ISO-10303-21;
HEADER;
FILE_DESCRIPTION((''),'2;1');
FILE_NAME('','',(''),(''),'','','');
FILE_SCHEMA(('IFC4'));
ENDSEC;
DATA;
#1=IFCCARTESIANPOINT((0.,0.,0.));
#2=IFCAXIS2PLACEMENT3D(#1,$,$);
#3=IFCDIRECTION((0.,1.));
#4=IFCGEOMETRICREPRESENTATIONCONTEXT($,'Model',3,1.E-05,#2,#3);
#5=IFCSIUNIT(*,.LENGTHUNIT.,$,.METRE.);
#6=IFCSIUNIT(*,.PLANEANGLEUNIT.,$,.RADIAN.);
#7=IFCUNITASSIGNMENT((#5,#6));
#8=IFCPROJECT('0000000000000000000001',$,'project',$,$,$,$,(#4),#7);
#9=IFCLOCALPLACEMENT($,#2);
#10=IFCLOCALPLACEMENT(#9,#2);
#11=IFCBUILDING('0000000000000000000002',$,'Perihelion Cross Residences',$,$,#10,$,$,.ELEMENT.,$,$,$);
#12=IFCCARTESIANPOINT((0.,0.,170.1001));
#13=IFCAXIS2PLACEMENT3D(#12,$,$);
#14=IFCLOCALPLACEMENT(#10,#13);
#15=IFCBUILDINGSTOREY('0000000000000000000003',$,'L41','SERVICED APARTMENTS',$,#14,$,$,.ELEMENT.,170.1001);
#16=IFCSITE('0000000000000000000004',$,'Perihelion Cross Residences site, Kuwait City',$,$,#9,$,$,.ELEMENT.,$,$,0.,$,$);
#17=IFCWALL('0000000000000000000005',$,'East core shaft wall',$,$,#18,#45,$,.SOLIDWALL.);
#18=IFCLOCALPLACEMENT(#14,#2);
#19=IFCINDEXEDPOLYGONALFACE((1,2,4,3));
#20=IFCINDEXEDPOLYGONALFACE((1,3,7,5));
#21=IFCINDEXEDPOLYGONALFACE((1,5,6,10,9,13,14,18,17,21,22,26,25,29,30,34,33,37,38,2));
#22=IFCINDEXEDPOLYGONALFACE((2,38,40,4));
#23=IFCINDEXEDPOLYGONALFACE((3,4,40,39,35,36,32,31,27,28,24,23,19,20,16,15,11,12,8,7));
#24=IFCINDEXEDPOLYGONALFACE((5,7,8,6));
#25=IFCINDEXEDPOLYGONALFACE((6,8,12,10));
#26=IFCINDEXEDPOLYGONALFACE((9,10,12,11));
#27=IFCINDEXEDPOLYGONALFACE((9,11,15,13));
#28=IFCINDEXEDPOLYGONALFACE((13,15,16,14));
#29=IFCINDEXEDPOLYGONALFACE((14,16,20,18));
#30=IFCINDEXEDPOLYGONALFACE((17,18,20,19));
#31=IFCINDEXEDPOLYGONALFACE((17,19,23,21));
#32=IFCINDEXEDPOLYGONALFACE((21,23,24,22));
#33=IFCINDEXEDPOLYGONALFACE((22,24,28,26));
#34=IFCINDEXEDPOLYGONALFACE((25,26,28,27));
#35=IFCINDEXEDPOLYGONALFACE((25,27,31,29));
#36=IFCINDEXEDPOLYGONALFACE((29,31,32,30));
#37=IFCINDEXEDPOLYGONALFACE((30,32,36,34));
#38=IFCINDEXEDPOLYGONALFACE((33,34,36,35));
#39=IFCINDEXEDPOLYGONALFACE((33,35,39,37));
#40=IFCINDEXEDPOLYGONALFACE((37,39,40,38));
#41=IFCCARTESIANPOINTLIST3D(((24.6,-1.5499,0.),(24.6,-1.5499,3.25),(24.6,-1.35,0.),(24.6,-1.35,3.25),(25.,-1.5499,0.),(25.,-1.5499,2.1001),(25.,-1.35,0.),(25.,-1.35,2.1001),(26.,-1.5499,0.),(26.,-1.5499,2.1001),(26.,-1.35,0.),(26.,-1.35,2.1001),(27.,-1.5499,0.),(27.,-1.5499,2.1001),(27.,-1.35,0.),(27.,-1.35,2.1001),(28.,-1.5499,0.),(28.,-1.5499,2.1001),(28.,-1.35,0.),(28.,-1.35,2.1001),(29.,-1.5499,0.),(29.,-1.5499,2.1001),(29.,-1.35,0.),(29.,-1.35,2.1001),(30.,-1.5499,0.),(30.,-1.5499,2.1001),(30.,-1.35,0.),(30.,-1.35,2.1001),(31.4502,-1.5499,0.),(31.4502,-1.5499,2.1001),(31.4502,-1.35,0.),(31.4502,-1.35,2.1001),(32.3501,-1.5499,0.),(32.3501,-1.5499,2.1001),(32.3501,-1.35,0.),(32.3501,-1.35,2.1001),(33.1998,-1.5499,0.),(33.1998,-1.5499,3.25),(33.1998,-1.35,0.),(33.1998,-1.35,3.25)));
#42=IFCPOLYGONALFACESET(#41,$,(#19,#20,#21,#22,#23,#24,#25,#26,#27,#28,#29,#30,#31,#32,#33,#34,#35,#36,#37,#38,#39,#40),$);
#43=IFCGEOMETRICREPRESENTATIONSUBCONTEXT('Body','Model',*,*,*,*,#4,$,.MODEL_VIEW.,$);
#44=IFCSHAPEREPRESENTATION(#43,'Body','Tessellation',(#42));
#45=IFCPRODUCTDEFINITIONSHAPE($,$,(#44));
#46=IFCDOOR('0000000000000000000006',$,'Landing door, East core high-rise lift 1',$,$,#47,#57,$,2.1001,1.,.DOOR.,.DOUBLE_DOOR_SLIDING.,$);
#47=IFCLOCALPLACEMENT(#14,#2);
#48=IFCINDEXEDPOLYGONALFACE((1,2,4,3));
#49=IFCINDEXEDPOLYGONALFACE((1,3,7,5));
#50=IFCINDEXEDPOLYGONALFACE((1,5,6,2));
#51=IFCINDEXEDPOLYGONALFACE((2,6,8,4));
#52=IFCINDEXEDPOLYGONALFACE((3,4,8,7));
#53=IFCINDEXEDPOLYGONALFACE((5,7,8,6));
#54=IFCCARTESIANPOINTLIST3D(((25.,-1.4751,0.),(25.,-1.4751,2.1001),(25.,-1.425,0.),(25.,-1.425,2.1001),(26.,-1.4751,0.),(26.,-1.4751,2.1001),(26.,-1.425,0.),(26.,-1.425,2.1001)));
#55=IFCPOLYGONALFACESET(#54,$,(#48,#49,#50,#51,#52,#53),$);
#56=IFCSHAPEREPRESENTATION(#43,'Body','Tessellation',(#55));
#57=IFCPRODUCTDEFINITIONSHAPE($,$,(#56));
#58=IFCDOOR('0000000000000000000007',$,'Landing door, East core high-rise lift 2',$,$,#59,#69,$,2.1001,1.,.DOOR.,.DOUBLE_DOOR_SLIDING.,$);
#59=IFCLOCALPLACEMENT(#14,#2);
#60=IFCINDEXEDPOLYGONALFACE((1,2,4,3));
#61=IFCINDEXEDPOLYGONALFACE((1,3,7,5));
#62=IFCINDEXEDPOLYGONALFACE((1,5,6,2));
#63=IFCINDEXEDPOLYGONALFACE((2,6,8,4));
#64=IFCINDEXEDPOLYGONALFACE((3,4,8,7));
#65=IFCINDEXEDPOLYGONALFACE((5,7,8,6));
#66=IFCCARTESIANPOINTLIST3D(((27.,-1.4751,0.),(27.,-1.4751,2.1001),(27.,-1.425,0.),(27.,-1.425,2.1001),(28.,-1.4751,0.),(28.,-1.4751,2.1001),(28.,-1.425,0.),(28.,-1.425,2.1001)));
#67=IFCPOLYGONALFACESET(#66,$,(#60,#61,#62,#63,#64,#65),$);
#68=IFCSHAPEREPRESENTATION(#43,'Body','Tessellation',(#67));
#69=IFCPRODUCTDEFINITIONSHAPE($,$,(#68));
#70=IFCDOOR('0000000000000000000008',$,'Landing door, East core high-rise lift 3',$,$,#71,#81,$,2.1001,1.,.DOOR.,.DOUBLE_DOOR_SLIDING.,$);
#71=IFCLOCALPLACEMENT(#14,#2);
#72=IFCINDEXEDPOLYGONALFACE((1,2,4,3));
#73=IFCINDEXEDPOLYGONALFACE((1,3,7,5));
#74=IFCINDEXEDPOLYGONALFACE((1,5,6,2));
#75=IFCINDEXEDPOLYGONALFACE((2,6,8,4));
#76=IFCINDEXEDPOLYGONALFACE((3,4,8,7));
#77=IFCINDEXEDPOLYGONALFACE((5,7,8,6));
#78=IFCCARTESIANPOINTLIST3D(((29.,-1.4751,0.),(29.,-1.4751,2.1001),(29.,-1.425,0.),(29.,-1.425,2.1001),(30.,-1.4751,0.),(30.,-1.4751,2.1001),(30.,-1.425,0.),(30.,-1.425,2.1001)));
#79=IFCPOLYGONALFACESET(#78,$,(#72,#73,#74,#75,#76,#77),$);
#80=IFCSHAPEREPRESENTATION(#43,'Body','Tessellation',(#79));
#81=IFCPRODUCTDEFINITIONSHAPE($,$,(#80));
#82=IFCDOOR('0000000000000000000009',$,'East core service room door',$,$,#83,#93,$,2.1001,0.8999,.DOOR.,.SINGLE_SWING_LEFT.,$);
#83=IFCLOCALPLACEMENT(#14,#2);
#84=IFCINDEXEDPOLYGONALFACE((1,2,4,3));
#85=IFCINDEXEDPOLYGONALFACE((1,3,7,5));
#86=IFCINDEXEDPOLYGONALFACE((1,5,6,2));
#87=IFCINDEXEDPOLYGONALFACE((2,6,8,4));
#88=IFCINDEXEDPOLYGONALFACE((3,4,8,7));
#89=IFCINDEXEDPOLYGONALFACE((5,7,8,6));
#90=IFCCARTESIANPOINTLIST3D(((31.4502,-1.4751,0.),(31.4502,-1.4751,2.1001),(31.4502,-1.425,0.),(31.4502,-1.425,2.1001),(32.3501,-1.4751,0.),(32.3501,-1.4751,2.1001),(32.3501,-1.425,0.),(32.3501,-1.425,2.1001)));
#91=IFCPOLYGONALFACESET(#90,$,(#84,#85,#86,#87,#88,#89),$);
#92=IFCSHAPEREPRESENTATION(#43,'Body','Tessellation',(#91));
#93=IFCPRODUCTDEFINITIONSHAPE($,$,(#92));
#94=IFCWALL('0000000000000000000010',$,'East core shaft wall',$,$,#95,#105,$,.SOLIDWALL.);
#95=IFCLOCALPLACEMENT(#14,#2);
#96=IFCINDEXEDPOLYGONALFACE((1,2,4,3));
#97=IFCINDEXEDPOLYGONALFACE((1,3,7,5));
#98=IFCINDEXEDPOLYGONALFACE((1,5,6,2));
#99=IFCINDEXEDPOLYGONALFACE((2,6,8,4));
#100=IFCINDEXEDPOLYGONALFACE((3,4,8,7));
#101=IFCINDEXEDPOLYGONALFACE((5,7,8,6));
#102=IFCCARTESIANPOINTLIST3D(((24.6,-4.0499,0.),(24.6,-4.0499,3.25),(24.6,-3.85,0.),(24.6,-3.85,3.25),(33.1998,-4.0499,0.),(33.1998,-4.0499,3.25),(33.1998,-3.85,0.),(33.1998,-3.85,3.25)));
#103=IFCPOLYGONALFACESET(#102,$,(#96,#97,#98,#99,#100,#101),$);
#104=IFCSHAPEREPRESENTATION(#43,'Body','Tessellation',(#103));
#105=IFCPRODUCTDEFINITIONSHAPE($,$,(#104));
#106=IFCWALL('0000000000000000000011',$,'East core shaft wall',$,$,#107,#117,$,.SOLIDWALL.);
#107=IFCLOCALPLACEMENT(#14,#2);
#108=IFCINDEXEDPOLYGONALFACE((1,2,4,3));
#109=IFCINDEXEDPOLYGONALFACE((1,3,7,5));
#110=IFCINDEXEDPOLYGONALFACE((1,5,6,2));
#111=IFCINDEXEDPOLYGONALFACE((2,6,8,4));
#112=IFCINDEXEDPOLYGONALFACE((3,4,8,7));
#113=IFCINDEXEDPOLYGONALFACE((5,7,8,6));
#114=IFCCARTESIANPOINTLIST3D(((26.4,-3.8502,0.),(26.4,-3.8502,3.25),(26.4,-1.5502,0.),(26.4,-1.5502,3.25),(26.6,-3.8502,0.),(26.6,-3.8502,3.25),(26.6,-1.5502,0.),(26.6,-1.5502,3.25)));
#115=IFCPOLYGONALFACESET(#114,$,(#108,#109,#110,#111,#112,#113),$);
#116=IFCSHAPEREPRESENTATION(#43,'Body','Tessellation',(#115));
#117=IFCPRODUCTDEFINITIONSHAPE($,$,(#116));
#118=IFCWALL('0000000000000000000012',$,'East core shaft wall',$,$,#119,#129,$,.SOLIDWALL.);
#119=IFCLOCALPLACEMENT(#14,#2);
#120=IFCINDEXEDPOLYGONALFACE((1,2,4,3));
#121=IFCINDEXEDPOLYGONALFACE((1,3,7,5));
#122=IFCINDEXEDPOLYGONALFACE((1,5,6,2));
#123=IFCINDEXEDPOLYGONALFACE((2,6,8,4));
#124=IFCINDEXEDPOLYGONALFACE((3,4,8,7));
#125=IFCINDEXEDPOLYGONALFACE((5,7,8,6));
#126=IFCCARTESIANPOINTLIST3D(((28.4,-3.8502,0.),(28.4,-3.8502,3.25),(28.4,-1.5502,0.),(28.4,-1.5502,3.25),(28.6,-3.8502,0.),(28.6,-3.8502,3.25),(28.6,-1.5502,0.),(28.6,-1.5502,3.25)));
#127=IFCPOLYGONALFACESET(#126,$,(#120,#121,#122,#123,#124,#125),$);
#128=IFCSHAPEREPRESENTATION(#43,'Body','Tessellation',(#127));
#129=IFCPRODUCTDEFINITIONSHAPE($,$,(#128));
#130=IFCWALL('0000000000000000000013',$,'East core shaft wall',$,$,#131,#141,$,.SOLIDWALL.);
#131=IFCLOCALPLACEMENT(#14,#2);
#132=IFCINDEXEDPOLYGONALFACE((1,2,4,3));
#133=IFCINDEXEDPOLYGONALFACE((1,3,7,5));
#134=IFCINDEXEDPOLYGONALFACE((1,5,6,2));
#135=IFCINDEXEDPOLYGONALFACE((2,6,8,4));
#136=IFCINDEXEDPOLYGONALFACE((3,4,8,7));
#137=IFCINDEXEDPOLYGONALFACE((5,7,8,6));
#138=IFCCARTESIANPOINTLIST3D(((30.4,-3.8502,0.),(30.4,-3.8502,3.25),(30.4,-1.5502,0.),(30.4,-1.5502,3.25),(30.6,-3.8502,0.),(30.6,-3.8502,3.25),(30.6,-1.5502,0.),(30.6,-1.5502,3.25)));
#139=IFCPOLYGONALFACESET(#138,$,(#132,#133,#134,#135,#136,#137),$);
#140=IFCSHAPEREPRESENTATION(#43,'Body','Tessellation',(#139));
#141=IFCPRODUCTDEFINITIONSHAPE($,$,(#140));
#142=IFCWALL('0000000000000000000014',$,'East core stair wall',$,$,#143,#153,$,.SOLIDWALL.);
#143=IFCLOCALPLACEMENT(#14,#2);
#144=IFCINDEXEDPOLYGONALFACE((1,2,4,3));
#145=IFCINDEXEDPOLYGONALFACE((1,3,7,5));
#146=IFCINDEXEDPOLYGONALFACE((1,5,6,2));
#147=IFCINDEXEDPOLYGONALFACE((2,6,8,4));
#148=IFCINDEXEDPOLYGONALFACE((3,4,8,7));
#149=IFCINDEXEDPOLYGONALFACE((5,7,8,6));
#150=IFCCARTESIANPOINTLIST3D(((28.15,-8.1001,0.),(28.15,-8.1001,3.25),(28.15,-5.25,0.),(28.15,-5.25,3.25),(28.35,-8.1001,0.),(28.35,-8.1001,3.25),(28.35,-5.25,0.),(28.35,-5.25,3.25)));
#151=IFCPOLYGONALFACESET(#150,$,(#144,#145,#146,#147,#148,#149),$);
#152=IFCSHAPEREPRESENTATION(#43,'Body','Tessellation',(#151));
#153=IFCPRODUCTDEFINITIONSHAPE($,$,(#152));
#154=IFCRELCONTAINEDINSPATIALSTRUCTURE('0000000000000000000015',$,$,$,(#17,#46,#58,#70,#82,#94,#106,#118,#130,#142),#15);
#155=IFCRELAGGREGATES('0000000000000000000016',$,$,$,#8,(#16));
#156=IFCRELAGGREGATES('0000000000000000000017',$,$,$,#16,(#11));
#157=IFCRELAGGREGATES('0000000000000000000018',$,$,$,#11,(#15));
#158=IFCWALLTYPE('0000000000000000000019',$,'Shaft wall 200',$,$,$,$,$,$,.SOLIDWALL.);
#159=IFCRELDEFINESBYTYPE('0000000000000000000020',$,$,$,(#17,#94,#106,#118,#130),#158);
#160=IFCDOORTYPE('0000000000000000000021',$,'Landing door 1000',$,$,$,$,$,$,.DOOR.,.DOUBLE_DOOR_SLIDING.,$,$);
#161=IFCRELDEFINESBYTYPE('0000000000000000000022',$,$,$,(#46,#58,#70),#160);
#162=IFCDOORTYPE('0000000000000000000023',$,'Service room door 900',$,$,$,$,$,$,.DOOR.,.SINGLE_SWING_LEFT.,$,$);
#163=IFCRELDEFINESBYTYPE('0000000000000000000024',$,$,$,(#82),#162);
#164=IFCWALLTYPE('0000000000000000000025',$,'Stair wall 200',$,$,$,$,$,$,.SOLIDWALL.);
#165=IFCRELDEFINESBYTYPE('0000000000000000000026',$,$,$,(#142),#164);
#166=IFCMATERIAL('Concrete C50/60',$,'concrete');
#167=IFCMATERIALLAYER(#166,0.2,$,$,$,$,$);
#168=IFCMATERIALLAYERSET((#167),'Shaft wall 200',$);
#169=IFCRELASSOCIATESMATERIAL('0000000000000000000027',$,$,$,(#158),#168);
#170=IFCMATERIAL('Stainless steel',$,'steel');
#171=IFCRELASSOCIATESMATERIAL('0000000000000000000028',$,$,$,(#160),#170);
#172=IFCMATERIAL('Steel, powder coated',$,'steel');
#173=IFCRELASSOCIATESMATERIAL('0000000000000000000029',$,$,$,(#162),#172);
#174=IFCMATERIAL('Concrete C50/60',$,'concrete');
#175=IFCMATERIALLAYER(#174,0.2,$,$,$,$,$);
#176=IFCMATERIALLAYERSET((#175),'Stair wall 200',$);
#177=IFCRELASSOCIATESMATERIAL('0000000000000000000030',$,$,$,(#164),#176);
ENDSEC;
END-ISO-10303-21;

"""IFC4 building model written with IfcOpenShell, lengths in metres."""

from ifc_helpers import new_model, si_unit, direction, frame, frame_2d, origin, place, context, subcontext, project, spatial, rectangle, extrude, material, layer, layer_set, type_object, element, fill, save


model = new_model("IFC4")

# Units and contexts
model_context = context("Model", 3, precision=1e-05, world=origin(), true_north=direction((0.0, 1.0)))
body_context = subcontext(model_context, "Body", "Model", "MODEL_VIEW")
ifc_project = project(units=[si_unit("LENGTHUNIT", "METRE"), si_unit("PLANEANGLEUNIT", "RADIAN")], contexts=[model_context])

# Site, building, storey
site_placement = place(None, origin())
site = spatial("IfcSite", under=ifc_project, at=site_placement, Name="Perihelion Cross Residences site, Kuwait City", CompositionType="ELEMENT", RefElevation=0.0)
building_placement = place(site_placement, origin())
building = spatial("IfcBuilding", under=site, at=building_placement, Name="Perihelion Cross Residences", CompositionType="ELEMENT")
storey_placement = place(building_placement, frame((0.0, 0.0, 170.1001)))
storey = spatial("IfcBuildingStorey", under=building, at=storey_placement, Name="L41", Description="SERVICED APARTMENTS", CompositionType="ELEMENT", Elevation=170.1001)

# Wall, openings, doors
ifc_material_1 = material(Name="Concrete C50/60", Category="concrete")
ifc_layer_1 = layer(ifc_material_1, 0.2)
ifc_layer_set_1 = layer_set([ifc_layer_1], Name="Shaft wall 200")
wall_type_1 = type_object("IfcWallType", Name="Shaft wall 200", PredefinedType="SOLIDWALL", material=ifc_layer_set_1)
wall_1_placement = place(storey_placement, frame((24.6001, -1.45, 0.0), z_axis=(0.0, 0.0, 1.0), x_axis=(1.0, 0.0, 0.0)))
wall_1 = element("IfcWall", 1, at=wall_1_placement, inside=storey, type_object=wall_type_1, Name="East core shaft wall", PredefinedType="SOLIDWALL", context=body_context, shape_type="SweptSolid", body=[
    extrude(rectangle(XDim=8.5999, YDim=0.2, at=frame_2d((4.2998, 0.0))), origin(), (0.0, 0.0, 1.0), 3.25),
])
opening_1_placement = place(wall_1_placement, frame((0.3999, 0.0, 0.0)))
opening_1 = element("IfcOpeningElement", 2, at=opening_1_placement, cuts=wall_1, PredefinedType="OPENING", context=body_context, shape_type="SweptSolid", body=[
    extrude(rectangle(XDim=1.0, YDim=2.1001, at=frame_2d((0.5, 1.05))), frame((0.0, 0.1099, 0.0), z_axis=(0.0, -1.0, 0.0), x_axis=(1.0, 0.0, 0.0)), (0.0, 0.0, 1.0), 0.22),
])
opening_2_placement = place(wall_1_placement, frame((2.3999, 0.0, 0.0)))
opening_2 = element("IfcOpeningElement", 3, at=opening_2_placement, cuts=wall_1, PredefinedType="OPENING", context=body_context, shape_type="SweptSolid", body=[
    extrude(rectangle(XDim=1.0, YDim=2.1001, at=frame_2d((0.5, 1.05))), frame((0.0, 0.1099, 0.0), z_axis=(0.0, -1.0, 0.0), x_axis=(1.0, 0.0, 0.0)), (0.0, 0.0, 1.0), 0.22),
])
opening_3_placement = place(wall_1_placement, frame((4.3999, 0.0, 0.0)))
opening_3 = element("IfcOpeningElement", 4, at=opening_3_placement, cuts=wall_1, PredefinedType="OPENING", context=body_context, shape_type="SweptSolid", body=[
    extrude(rectangle(XDim=1.0, YDim=2.1001, at=frame_2d((0.5, 1.05))), frame((0.0, 0.1099, 0.0), z_axis=(0.0, -1.0, 0.0), x_axis=(1.0, 0.0, 0.0)), (0.0, 0.0, 1.0), 0.22),
])
opening_4_placement = place(wall_1_placement, frame((6.8501, 0.0, 0.0)))
opening_4 = element("IfcOpeningElement", 5, at=opening_4_placement, cuts=wall_1, PredefinedType="OPENING", context=body_context, shape_type="SweptSolid", body=[
    extrude(rectangle(XDim=0.8999, YDim=2.1001, at=frame_2d((0.45, 1.05))), frame((0.0, 0.1099, 0.0), z_axis=(0.0, -1.0, 0.0), x_axis=(1.0, 0.0, 0.0)), (0.0, 0.0, 1.0), 0.22),
])
ifc_material_2 = material(Name="Stainless steel", Category="steel")
door_type_1 = type_object("IfcDoorType", Name="Landing door 1000", OperationType="DOUBLE_DOOR_SLIDING", PredefinedType="DOOR", material=ifc_material_2)
door_1_placement = place(opening_1_placement, origin())
door_1 = element("IfcDoor", 6, at=door_1_placement, inside=storey, type_object=door_type_1, Name="Landing door, East core high-rise lift 1", OperationType="DOUBLE_DOOR_SLIDING", OverallHeight=2.1001, OverallWidth=1.0, PredefinedType="DOOR", context=body_context, shape_type="SweptSolid", body=[
    extrude(rectangle(XDim=1.0, YDim=2.1001, at=frame_2d((0.5, 1.05))), frame((0.0, 0.0249, 0.0), z_axis=(0.0, -1.0, 0.0), x_axis=(1.0, 0.0, 0.0)), (0.0, 0.0, 1.0), 0.05),
])
fill(opening_1, door_1)
door_2_placement = place(opening_2_placement, origin())
door_2 = element("IfcDoor", 7, at=door_2_placement, inside=storey, type_object=door_type_1, Name="Landing door, East core high-rise lift 2", OperationType="DOUBLE_DOOR_SLIDING", OverallHeight=2.1001, OverallWidth=1.0, PredefinedType="DOOR", context=body_context, shape_type="SweptSolid", body=[
    extrude(rectangle(XDim=1.0, YDim=2.1001, at=frame_2d((0.5, 1.05))), frame((0.0, 0.0249, 0.0), z_axis=(0.0, -1.0, 0.0), x_axis=(1.0, 0.0, 0.0)), (0.0, 0.0, 1.0), 0.05),
])
fill(opening_2, door_2)
door_3_placement = place(opening_3_placement, origin())
door_3 = element("IfcDoor", 8, at=door_3_placement, inside=storey, type_object=door_type_1, Name="Landing door, East core high-rise lift 3", OperationType="DOUBLE_DOOR_SLIDING", OverallHeight=2.1001, OverallWidth=1.0, PredefinedType="DOOR", context=body_context, shape_type="SweptSolid", body=[
    extrude(rectangle(XDim=1.0, YDim=2.1001, at=frame_2d((0.5, 1.05))), frame((0.0, 0.0249, 0.0), z_axis=(0.0, -1.0, 0.0), x_axis=(1.0, 0.0, 0.0)), (0.0, 0.0, 1.0), 0.05),
])
fill(opening_3, door_3)
ifc_material_3 = material(Name="Steel, powder coated", Category="steel")
door_type_2 = type_object("IfcDoorType", Name="Service room door 900", OperationType="SINGLE_SWING_LEFT", PredefinedType="DOOR", material=ifc_material_3)
door_4_placement = place(opening_4_placement, origin())
door_4 = element("IfcDoor", 9, at=door_4_placement, inside=storey, type_object=door_type_2, Name="East core service room door", OperationType="SINGLE_SWING_LEFT", OverallHeight=2.1001, OverallWidth=0.8999, PredefinedType="DOOR", context=body_context, shape_type="SweptSolid", body=[
    extrude(rectangle(XDim=0.8999, YDim=2.1001, at=frame_2d((0.45, 1.05))), frame((0.0, 0.0249, 0.0), z_axis=(0.0, -1.0, 0.0), x_axis=(1.0, 0.0, 0.0)), (0.0, 0.0, 1.0), 0.05),
])
fill(opening_4, door_4)

# Walls
wall_2_placement = place(storey_placement, frame((24.6001, -3.95, 0.0), z_axis=(0.0, 0.0, 1.0), x_axis=(1.0, 0.0, 0.0)))
element("IfcWall", 10, at=wall_2_placement, inside=storey, type_object=wall_type_1, Name="East core shaft wall", PredefinedType="SOLIDWALL", context=body_context, shape_type="SweptSolid", body=[
    extrude(rectangle(XDim=8.5999, YDim=0.2, at=frame_2d((4.2998, 0.0))), origin(), (0.0, 0.0, 1.0), 3.25),
])
for number, where, z_axis, x_axis, name in (
    (11, (26.5, -3.8501, 0.0), (0.0, 0.0, 1.0), (0.0, 1.0, 0.0), "East core shaft wall"),
    (12, (28.5, -3.8501, 0.0), (0.0, 0.0, 1.0), (0.0, 1.0, 0.0), "East core shaft wall"),
    (13, (30.5, -3.8501, 0.0), (0.0, 0.0, 1.0), (0.0, 1.0, 0.0), "East core shaft wall"),
):
    element("IfcWall", number, at=place(storey_placement, frame(where, z_axis=z_axis, x_axis=x_axis)), inside=storey, type_object=wall_type_1, Name=name, PredefinedType="SOLIDWALL", context=body_context, shape_type="SweptSolid", body=[
        extrude(rectangle(XDim=2.3, YDim=0.2, at=frame_2d((1.1499, 0.0))), origin(), (0.0, 0.0, 1.0), 3.25),
    ])
ifc_material_4 = material(Name="Concrete C50/60", Category="concrete")
ifc_layer_2 = layer(ifc_material_4, 0.2)
ifc_layer_set_2 = layer_set([ifc_layer_2], Name="Stair wall 200")
wall_type_2 = type_object("IfcWallType", Name="Stair wall 200", PredefinedType="SOLIDWALL", material=ifc_layer_set_2)
wall_3_placement = place(storey_placement, frame((28.25, -8.1001, 0.0), z_axis=(0.0, 0.0, 1.0), x_axis=(0.0, 1.0, 0.0)))
element("IfcWall", 14, at=wall_3_placement, inside=storey, type_object=wall_type_2, Name="East core stair wall", PredefinedType="SOLIDWALL", context=body_context, shape_type="SweptSolid", body=[
    extrude(rectangle(XDim=2.8501, YDim=0.2, at=frame_2d((1.425, 0.0))), origin(), (0.0, 0.0, 1.0), 3.25),
])

save(model, "model.ifc")
